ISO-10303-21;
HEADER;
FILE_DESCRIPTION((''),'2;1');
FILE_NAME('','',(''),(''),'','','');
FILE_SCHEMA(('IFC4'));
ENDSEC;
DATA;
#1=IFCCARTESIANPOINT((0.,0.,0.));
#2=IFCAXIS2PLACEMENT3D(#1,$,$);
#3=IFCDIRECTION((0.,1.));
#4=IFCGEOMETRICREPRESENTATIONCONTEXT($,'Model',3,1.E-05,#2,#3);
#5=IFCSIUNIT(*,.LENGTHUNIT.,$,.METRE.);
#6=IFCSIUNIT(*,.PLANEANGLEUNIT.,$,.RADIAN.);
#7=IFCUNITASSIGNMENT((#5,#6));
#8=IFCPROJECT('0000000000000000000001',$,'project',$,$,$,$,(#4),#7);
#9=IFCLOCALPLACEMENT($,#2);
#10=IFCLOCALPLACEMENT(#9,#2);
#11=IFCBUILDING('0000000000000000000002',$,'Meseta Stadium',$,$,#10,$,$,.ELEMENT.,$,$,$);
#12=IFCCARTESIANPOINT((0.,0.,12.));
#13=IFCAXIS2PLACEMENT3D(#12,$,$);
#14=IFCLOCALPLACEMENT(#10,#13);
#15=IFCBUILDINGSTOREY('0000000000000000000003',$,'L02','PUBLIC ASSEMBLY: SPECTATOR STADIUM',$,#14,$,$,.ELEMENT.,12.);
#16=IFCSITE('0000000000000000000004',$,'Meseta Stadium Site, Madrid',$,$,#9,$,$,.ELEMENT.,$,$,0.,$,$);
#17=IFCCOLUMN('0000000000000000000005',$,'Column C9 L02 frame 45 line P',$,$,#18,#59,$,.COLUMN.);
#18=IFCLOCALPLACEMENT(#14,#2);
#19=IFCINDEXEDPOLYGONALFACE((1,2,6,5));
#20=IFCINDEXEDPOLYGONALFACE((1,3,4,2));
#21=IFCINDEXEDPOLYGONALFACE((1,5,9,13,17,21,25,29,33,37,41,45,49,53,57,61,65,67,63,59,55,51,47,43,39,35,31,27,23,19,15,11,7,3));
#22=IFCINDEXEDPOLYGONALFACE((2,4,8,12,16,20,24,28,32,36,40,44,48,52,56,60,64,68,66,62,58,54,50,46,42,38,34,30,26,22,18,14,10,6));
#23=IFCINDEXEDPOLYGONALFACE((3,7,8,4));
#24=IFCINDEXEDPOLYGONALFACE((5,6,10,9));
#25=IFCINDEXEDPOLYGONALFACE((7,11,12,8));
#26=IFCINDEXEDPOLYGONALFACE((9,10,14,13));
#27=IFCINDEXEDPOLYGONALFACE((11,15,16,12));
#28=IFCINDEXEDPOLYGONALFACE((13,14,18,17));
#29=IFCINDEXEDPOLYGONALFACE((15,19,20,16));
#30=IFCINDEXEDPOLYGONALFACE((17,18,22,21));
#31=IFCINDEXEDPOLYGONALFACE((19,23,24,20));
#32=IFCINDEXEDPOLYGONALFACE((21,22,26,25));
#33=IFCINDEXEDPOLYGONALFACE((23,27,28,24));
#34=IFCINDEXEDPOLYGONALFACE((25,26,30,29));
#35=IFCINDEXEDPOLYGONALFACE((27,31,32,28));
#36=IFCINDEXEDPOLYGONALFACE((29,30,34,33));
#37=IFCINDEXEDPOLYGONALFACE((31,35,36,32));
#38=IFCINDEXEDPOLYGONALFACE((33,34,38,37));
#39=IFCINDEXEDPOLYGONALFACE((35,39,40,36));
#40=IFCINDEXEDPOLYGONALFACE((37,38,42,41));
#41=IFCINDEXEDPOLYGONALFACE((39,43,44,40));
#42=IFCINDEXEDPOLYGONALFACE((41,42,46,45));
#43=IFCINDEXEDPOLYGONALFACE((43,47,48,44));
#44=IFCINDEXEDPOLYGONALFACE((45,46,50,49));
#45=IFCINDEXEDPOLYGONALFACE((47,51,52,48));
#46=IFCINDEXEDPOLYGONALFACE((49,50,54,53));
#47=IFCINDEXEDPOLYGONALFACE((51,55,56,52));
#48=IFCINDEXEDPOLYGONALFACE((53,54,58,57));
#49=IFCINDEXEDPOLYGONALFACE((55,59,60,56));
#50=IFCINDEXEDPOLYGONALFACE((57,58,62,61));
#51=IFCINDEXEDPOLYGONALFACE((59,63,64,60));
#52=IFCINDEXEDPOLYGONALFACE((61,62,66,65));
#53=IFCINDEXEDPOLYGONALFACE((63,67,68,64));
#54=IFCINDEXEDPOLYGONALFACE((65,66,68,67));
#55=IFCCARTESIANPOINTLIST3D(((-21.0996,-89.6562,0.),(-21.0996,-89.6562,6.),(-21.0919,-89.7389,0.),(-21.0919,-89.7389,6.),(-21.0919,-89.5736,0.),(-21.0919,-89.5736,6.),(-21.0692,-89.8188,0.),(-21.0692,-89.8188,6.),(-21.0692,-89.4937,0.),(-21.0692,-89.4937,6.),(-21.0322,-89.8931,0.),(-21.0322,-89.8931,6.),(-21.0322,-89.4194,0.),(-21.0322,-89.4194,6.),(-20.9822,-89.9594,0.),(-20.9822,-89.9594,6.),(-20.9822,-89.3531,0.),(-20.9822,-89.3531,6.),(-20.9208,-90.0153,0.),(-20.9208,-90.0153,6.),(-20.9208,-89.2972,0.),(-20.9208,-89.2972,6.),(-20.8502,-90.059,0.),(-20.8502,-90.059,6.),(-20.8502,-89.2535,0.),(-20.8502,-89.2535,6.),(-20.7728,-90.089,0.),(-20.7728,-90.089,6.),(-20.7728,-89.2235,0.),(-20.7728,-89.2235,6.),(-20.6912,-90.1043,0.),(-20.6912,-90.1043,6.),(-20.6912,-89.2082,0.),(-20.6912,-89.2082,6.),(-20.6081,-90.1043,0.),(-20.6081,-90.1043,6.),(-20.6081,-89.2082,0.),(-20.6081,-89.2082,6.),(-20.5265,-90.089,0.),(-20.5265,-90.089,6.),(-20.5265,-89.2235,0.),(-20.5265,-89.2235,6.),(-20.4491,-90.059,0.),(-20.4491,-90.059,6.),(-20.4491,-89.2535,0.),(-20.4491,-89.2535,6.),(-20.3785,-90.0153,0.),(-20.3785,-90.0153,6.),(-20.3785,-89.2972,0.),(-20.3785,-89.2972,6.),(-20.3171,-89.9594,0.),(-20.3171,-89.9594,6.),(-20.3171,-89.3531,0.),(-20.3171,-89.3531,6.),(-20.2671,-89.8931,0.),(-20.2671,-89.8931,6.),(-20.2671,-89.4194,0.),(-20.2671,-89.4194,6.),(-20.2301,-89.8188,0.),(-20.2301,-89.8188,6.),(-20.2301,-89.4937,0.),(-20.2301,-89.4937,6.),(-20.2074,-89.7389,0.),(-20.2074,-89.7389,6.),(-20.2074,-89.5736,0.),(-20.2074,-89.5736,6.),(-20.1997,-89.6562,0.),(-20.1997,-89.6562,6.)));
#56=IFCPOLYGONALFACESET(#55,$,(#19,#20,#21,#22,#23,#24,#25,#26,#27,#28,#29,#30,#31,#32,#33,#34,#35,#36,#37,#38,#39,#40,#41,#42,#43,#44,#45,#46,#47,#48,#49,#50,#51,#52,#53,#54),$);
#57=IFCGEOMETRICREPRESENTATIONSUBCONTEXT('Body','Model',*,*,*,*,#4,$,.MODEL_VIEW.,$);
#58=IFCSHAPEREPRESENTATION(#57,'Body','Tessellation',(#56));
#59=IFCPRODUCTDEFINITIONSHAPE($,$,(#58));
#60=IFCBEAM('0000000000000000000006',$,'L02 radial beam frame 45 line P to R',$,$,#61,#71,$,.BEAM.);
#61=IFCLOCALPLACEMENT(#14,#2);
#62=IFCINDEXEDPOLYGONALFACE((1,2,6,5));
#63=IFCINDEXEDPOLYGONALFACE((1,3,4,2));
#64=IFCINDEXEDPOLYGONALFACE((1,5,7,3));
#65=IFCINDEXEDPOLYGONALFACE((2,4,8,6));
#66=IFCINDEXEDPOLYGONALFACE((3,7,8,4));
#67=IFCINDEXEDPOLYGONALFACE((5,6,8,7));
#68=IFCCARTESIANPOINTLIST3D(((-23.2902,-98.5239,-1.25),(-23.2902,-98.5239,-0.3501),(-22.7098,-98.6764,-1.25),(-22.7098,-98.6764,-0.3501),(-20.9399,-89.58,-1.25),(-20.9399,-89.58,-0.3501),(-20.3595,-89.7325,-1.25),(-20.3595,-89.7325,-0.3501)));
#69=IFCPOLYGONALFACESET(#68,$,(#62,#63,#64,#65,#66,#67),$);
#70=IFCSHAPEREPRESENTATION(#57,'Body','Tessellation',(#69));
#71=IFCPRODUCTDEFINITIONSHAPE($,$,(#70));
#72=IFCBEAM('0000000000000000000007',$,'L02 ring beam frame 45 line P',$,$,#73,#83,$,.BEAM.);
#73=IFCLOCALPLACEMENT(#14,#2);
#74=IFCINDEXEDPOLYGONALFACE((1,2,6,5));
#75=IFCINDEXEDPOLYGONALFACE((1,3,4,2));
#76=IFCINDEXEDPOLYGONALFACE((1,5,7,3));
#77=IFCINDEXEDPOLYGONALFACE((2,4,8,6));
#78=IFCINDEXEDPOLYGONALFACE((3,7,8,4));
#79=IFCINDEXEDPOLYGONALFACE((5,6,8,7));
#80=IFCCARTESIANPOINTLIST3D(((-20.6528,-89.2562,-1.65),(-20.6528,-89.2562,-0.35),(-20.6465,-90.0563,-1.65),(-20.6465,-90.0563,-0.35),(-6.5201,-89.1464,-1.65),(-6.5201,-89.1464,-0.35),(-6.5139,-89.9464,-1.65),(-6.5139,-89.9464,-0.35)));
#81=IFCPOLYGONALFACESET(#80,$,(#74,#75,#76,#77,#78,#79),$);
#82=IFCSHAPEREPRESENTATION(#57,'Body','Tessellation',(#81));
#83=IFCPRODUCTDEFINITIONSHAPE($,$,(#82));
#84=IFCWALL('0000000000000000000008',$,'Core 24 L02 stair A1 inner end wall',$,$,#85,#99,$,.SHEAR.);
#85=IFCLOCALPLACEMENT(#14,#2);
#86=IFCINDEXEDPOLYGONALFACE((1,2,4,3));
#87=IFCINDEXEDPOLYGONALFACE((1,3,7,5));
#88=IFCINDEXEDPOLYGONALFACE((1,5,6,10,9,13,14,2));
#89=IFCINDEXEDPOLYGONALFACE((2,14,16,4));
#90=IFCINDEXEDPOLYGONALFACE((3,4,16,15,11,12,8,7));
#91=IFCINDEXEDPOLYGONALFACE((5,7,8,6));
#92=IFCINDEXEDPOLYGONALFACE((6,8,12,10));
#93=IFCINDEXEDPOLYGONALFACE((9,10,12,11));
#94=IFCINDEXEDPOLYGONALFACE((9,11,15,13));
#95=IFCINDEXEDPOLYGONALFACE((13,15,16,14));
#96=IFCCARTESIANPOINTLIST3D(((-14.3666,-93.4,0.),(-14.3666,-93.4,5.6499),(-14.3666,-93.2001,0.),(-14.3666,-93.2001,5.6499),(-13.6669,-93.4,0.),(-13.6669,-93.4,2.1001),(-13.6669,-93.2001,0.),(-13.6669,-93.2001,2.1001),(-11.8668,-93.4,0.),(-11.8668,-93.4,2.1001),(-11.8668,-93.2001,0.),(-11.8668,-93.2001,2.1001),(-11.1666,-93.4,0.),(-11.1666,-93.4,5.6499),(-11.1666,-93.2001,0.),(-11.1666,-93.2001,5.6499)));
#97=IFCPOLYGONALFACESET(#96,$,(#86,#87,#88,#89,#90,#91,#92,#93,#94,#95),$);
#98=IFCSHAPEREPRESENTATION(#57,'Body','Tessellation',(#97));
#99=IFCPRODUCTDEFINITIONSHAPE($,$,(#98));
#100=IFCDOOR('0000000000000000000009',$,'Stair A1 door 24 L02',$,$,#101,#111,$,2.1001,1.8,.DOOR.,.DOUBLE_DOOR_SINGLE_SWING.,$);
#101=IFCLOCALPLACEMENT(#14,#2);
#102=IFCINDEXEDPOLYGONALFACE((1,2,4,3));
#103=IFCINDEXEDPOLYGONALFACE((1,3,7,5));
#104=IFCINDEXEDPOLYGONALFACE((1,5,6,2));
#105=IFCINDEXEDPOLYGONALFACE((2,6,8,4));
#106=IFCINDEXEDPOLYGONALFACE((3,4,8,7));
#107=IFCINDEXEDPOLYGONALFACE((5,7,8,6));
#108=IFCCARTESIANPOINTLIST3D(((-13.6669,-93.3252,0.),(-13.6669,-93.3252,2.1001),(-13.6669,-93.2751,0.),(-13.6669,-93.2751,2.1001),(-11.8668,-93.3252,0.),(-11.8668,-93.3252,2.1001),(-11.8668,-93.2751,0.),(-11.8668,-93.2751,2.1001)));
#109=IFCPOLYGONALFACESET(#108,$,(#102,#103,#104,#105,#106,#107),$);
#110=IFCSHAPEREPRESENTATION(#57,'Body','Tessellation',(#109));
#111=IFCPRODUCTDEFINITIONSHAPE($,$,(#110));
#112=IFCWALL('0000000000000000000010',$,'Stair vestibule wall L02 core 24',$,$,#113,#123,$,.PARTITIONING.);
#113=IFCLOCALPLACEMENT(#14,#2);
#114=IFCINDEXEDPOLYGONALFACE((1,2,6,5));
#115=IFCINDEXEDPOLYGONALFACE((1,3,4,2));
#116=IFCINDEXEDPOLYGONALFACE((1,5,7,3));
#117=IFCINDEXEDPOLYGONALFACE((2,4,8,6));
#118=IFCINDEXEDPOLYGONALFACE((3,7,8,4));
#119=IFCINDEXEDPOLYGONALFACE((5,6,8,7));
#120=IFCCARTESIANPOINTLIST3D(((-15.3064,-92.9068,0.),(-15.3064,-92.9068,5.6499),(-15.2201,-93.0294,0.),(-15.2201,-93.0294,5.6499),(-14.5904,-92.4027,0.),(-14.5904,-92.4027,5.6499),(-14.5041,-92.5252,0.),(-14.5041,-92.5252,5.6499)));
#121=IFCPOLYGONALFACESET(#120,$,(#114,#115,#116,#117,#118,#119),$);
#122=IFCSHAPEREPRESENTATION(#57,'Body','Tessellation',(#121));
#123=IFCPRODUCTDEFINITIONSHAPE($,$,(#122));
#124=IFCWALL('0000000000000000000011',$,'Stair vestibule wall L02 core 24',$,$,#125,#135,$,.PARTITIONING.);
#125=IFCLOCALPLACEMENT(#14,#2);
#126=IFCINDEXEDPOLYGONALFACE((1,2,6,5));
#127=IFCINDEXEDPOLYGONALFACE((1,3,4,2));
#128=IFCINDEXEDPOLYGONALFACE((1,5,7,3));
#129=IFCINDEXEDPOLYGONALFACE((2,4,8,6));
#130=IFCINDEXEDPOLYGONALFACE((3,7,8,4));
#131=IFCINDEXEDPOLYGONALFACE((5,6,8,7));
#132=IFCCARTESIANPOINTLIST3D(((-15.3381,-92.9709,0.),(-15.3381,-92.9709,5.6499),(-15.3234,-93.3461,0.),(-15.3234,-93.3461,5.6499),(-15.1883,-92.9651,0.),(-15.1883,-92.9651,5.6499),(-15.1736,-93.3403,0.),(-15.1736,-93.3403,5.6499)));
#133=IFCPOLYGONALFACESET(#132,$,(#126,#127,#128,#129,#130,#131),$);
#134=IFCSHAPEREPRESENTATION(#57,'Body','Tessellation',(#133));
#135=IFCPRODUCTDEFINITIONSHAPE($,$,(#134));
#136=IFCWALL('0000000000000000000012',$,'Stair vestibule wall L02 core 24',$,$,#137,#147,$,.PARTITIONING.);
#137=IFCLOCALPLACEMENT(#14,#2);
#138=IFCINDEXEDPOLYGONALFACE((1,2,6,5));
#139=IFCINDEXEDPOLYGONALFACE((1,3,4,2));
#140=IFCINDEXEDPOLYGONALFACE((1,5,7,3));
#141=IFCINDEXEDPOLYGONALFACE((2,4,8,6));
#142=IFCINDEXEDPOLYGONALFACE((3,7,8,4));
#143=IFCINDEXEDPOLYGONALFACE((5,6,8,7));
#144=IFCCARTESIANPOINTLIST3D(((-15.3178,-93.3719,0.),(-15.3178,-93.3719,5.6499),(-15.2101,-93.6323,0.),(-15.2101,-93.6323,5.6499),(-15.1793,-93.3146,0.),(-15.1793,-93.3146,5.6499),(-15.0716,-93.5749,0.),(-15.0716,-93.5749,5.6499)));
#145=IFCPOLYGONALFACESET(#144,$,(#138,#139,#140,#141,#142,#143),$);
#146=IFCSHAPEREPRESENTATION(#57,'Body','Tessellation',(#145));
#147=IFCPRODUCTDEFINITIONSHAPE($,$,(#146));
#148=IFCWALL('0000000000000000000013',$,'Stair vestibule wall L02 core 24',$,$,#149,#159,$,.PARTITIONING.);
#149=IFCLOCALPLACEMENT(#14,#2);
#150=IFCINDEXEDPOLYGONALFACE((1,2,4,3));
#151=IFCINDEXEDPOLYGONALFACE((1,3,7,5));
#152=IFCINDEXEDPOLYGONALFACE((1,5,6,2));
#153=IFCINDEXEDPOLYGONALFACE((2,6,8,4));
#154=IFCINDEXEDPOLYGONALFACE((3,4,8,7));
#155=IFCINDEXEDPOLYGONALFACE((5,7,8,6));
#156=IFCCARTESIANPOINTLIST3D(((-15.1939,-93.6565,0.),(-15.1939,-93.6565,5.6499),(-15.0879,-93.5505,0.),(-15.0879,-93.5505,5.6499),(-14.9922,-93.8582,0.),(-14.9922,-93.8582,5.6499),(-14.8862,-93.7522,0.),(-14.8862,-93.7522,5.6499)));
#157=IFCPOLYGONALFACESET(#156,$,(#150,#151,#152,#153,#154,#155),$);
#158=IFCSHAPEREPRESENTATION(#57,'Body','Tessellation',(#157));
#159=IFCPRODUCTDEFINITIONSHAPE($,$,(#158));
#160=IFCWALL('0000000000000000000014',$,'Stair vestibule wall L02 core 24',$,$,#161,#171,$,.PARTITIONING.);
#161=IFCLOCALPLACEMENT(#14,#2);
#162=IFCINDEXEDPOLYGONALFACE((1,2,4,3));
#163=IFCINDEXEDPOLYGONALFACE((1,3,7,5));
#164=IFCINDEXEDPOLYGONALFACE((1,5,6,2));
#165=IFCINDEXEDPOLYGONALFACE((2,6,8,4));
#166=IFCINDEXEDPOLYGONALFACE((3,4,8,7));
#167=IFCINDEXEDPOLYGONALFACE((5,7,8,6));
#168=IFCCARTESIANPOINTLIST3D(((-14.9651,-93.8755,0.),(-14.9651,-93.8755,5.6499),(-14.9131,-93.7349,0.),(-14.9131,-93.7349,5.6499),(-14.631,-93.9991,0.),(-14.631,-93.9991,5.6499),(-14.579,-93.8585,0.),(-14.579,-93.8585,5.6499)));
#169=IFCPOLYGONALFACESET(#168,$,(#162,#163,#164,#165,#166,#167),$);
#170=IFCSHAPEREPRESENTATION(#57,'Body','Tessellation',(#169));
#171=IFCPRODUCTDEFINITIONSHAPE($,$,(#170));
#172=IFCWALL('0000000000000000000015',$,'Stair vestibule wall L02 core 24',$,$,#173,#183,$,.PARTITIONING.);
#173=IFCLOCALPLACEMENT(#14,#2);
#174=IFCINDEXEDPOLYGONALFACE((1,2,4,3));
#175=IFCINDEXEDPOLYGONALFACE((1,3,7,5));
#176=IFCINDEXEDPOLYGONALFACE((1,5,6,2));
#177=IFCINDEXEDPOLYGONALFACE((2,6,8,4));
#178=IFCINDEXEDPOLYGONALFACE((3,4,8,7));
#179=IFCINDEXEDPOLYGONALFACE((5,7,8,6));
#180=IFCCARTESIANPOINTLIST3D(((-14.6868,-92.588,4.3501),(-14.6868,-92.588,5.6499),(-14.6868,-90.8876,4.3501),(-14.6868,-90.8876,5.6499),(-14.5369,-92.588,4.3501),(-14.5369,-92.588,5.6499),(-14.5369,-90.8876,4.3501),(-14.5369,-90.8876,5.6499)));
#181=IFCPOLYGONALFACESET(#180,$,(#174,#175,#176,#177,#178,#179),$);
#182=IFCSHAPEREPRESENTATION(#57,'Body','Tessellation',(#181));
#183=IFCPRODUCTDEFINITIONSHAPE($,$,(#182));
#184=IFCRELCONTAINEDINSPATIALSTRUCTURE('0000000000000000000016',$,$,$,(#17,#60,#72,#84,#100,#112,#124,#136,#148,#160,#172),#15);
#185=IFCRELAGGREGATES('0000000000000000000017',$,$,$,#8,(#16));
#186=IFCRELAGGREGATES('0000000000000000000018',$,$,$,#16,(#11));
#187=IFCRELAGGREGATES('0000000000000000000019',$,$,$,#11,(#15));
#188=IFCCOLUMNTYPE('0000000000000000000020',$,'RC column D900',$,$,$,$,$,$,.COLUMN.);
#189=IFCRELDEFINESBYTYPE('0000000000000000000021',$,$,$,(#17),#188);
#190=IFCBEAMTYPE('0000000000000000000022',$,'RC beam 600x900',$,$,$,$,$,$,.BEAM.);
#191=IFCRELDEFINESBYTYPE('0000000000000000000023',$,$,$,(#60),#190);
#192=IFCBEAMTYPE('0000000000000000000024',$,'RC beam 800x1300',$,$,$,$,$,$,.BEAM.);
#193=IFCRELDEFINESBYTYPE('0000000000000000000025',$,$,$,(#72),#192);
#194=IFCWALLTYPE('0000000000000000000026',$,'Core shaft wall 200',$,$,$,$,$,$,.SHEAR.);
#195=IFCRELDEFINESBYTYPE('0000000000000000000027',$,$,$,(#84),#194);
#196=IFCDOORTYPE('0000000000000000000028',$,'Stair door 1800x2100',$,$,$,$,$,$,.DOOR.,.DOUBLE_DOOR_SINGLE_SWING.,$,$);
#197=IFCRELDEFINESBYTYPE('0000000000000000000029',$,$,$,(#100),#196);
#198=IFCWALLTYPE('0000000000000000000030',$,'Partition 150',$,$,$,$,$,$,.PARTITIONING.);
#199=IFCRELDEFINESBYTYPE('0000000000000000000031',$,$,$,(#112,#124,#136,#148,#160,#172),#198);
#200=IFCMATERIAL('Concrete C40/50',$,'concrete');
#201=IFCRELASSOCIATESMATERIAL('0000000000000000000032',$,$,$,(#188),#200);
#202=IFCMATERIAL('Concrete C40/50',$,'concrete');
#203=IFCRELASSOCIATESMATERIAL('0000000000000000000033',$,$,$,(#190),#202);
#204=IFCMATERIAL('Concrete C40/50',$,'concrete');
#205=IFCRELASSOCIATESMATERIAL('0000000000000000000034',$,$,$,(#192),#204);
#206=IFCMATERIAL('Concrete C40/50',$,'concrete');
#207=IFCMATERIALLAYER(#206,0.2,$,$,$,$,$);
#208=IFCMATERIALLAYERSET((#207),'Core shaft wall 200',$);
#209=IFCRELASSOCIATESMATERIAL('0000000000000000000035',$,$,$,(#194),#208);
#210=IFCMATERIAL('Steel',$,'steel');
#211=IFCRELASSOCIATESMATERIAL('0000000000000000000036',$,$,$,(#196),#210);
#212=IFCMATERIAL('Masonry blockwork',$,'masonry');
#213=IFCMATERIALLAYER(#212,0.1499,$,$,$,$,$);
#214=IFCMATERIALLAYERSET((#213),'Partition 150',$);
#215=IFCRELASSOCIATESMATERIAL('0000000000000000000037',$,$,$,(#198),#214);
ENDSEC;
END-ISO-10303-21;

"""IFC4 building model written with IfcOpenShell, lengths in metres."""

from ifc_helpers import new_model, si_unit, direction, frame, frame_2d, origin, origin_2d, place, context, subcontext, project, spatial, rectangle, circle, extrude, material, layer, layer_set, material_profile, profile_set, type_object, element, fill, save


model = new_model("IFC4")

# Units and contexts
model_context = context("Model", 3, precision=1e-05, world=origin(), true_north=direction((0.0, 1.0)))
body_context = subcontext(model_context, "Body", "Model", "MODEL_VIEW")
ifc_project = project(units=[si_unit("LENGTHUNIT", "METRE"), si_unit("PLANEANGLEUNIT", "RADIAN")], contexts=[model_context])

# Site, building, storey
site_placement = place(None, origin())
site = spatial("IfcSite", under=ifc_project, at=site_placement, Name="Meseta Stadium Site, Madrid", CompositionType="ELEMENT", RefElevation=0.0)
building_placement = place(site_placement, origin())
building = spatial("IfcBuilding", under=site, at=building_placement, Name="Meseta Stadium", CompositionType="ELEMENT")
storey_placement = place(building_placement, frame((0.0, 0.0, 12.0)))
storey = spatial("IfcBuildingStorey", under=building, at=storey_placement, Name="L02", Description="PUBLIC ASSEMBLY: SPECTATOR STADIUM", CompositionType="ELEMENT", Elevation=12.0)

# Column
ifc_material_1 = material(Name="Concrete C40/50", Category="concrete")
ifc_material_profile_1 = material_profile(ifc_material_1, circle(Radius=0.45, at=origin_2d()), Name="RC D900")
ifc_profile_set_1 = profile_set([ifc_material_profile_1], Name="Concrete C40/50")
column_type = type_object("IfcColumnType", Name="RC column D900", PredefinedType="COLUMN", material=ifc_profile_set_1)
column_placement = place(storey_placement, frame((-20.6497, -89.6562, 0.0), z_axis=(0.0, 0.0, 1.0), x_axis=(1.0, 0.0, 0.0)))
element("IfcColumn", 1, at=column_placement, inside=storey, type_object=column_type, Name="Column C9 L02 frame 45 line P", PredefinedType="COLUMN", context=body_context, shape_type="SweptSolid", body=[
    extrude(circle(Radius=0.45, at=origin_2d()), origin(), (0.0, 0.0, 1.0), 6.0),
])

# Beams
ifc_material_2 = material(Name="Concrete C40/50", Category="concrete")
ifc_material_profile_2 = material_profile(ifc_material_2, rectangle(XDim=0.6001, YDim=0.8999, at=origin_2d()), Name="RC 600x900")
ifc_profile_set_2 = profile_set([ifc_material_profile_2], Name="Concrete C40/50")
beam_type_1 = type_object("IfcBeamType", Name="RC beam 600x900", PredefinedType="BEAM", material=ifc_profile_set_2)
beam_1_placement = place(storey_placement, frame((-20.6497, -89.6562, -0.8), z_axis=(-0.254159, -0.967162, 0.0), x_axis=(0.967162, -0.254159, 0.0)))
element("IfcBeam", 2, at=beam_1_placement, inside=storey, type_object=beam_type_1, Name="L02 radial beam frame 45 line P to R", PredefinedType="BEAM", context=body_context, shape_type="SweptSolid", body=[
    extrude(rectangle(XDim=0.6001, YDim=0.8999, at=origin_2d()), origin(), (0.0, 0.0, 1.0), 9.2476),
])
ifc_material_3 = material(Name="Concrete C40/50", Category="concrete")
ifc_material_profile_3 = material_profile(ifc_material_3, rectangle(XDim=0.8, YDim=1.3, at=origin_2d()), Name="RC 800x1300")
ifc_profile_set_3 = profile_set([ifc_material_profile_3], Name="Concrete C40/50")
beam_type_2 = type_object("IfcBeamType", Name="RC beam 800x1300", PredefinedType="BEAM", material=ifc_profile_set_3)
beam_2_placement = place(storey_placement, frame((-20.6497, -89.6562, -1.0), z_axis=(0.99997, 0.007774, 0.0), x_axis=(-0.007774, 0.99997, 0.0)))
element("IfcBeam", 3, at=beam_2_placement, inside=storey, type_object=beam_type_2, Name="L02 ring beam frame 45 line P", PredefinedType="BEAM", context=body_context, shape_type="SweptSolid", body=[
    extrude(rectangle(XDim=0.8, YDim=1.3, at=origin_2d()), origin(), (0.0, 0.0, 1.0), 14.1331),
])

# Wall, opening, door
ifc_material_4 = material(Name="Concrete C40/50", Category="concrete")
ifc_layer_1 = layer(ifc_material_4, 0.2)
ifc_layer_set_1 = layer_set([ifc_layer_1], Name="Core shaft wall 200")
wall_type_1 = type_object("IfcWallType", Name="Core shaft wall 200", PredefinedType="SHEAR", material=ifc_layer_set_1)
wall_1_placement = place(storey_placement, frame((-14.3667, -93.3, 0.0), z_axis=(0.0, 0.0, 1.0), x_axis=(1.0, 0.0, 0.0)))
wall_1 = element("IfcWall", 4, at=wall_1_placement, inside=storey, type_object=wall_type_1, Name="Core 24 L02 stair A1 inner end wall", PredefinedType="SHEAR", context=body_context, shape_type="SweptSolid", body=[
    extrude(rectangle(XDim=3.2, YDim=0.2, at=frame_2d((1.6001, 0.0))), origin(), (0.0, 0.0, 1.0), 5.6499),
])
opening_1_placement = place(wall_1_placement, frame((0.7, 0.0, 0.0)))
opening_1 = element("IfcOpeningElement", 5, at=opening_1_placement, cuts=wall_1, PredefinedType="OPENING", context=body_context, shape_type="SweptSolid", body=[
    extrude(rectangle(XDim=1.8, YDim=2.1001, at=frame_2d((0.8999, 1.05))), frame((0.0, 0.1099, 0.0), z_axis=(0.0, -1.0, 0.0), x_axis=(1.0, 0.0, 0.0)), (0.0, 0.0, 1.0), 0.22),
])
ifc_material_5 = material(Name="Steel", Category="steel")
door_type_1 = type_object("IfcDoorType", Name="Stair door 1800x2100", OperationType="DOUBLE_DOOR_SINGLE_SWING", PredefinedType="DOOR", material=ifc_material_5)
door_1_placement = place(opening_1_placement, origin())
door_1 = element("IfcDoor", 6, at=door_1_placement, inside=storey, type_object=door_type_1, Name="Stair A1 door 24 L02", OperationType="DOUBLE_DOOR_SINGLE_SWING", OverallHeight=2.1001, OverallWidth=1.8, PredefinedType="DOOR", context=body_context, shape_type="SweptSolid", body=[
    extrude(rectangle(XDim=1.8, YDim=2.1001, at=frame_2d((0.8999, 1.05))), frame((0.0, 0.0249, 0.0), z_axis=(0.0, -1.0, 0.0), x_axis=(1.0, 0.0, 0.0)), (0.0, 0.0, 1.0), 0.05),
])
fill(opening_1, door_1)

# Walls
ifc_material_6 = material(Name="Masonry blockwork", Category="masonry")
ifc_layer_2 = layer(ifc_material_6, 0.1499)
ifc_layer_set_2 = layer_set([ifc_layer_2], Name="Partition 150")
wall_type_2 = type_object("IfcWallType", Name="Partition 150", PredefinedType="PARTITIONING", material=ifc_layer_set_2)
wall_2_placement = place(storey_placement, frame((-14.5471, -92.4639, 0.0), z_axis=(0.0, 0.0, 1.0), x_axis=(-0.81767, -0.575687, 0.0)))
element("IfcWall", 7, at=wall_2_placement, inside=storey, type_object=wall_type_2, Name="Stair vestibule wall L02 core 24", PredefinedType="PARTITIONING", context=body_context, shape_type="SweptSolid", body=[
    extrude(rectangle(XDim=0.8757, YDim=0.1499, at=frame_2d((0.438, 0.0))), origin(), (0.0, 0.0, 1.0), 5.6499),
])
wall_3_placement = place(storey_placement, frame((-15.2632, -92.968, 0.0), z_axis=(0.0, 0.0, 1.0), x_axis=(0.039007, -0.999239, 0.0)))
element("IfcWall", 8, at=wall_3_placement, inside=storey, type_object=wall_type_2, Name="Stair vestibule wall L02 core 24", PredefinedType="PARTITIONING", context=body_context, shape_type="SweptSolid", body=[
    extrude(rectangle(XDim=0.3755, YDim=0.1499, at=frame_2d((0.1877, 0.0))), origin(), (0.0, 0.0, 1.0), 5.6499),
])
wall_4_placement = place(storey_placement, frame((-15.2485, -93.3433, 0.0), z_axis=(0.0, 0.0, 1.0), x_axis=(0.382275, -0.924049, 0.0)))
element("IfcWall", 9, at=wall_4_placement, inside=storey, type_object=wall_type_2, Name="Stair vestibule wall L02 core 24", PredefinedType="PARTITIONING", context=body_context, shape_type="SweptSolid", body=[
    extrude(rectangle(XDim=0.2817, YDim=0.1499, at=frame_2d((0.1409, 0.0))), origin(), (0.0, 0.0, 1.0), 5.6499),
])
wall_5_placement = place(storey_placement, frame((-15.1409, -93.6035, 0.0), z_axis=(0.0, 0.0, 1.0), x_axis=(0.707107, -0.707107, 0.0)))
element("IfcWall", 10, at=wall_5_placement, inside=storey, type_object=wall_type_2, Name="Stair vestibule wall L02 core 24", PredefinedType="PARTITIONING", context=body_context, shape_type="SweptSolid", body=[
    extrude(rectangle(XDim=0.2852, YDim=0.1499, at=frame_2d((0.1426, 0.0))), origin(), (0.0, 0.0, 1.0), 5.6499),
])
wall_6_placement = place(storey_placement, frame((-14.9392, -93.8052, 0.0), z_axis=(0.0, 0.0, 1.0), x_axis=(0.937898, -0.346912, 0.0)))
element("IfcWall", 11, at=wall_6_placement, inside=storey, type_object=wall_type_2, Name="Stair vestibule wall L02 core 24", PredefinedType="PARTITIONING", context=body_context, shape_type="SweptSolid", body=[
    extrude(rectangle(XDim=0.3562, YDim=0.1499, at=frame_2d((0.1782, 0.0))), origin(), (0.0, 0.0, 1.0), 5.6499),
])
wall_7_placement = place(storey_placement, frame((-14.6118, -90.8877, 4.3501), z_axis=(0.0, 0.0, 1.0), x_axis=(0.0, -1.0, 0.0)))
element("IfcWall", 12, at=wall_7_placement, inside=storey, type_object=wall_type_2, Name="Stair vestibule wall L02 core 24", PredefinedType="PARTITIONING", context=body_context, shape_type="SweptSolid", body=[
    extrude(rectangle(XDim=1.7004, YDim=0.1499, at=frame_2d((0.8501, 0.0))), origin(), (0.0, 0.0, 1.0), 1.2998),
])

save(model, "model.ifc")
